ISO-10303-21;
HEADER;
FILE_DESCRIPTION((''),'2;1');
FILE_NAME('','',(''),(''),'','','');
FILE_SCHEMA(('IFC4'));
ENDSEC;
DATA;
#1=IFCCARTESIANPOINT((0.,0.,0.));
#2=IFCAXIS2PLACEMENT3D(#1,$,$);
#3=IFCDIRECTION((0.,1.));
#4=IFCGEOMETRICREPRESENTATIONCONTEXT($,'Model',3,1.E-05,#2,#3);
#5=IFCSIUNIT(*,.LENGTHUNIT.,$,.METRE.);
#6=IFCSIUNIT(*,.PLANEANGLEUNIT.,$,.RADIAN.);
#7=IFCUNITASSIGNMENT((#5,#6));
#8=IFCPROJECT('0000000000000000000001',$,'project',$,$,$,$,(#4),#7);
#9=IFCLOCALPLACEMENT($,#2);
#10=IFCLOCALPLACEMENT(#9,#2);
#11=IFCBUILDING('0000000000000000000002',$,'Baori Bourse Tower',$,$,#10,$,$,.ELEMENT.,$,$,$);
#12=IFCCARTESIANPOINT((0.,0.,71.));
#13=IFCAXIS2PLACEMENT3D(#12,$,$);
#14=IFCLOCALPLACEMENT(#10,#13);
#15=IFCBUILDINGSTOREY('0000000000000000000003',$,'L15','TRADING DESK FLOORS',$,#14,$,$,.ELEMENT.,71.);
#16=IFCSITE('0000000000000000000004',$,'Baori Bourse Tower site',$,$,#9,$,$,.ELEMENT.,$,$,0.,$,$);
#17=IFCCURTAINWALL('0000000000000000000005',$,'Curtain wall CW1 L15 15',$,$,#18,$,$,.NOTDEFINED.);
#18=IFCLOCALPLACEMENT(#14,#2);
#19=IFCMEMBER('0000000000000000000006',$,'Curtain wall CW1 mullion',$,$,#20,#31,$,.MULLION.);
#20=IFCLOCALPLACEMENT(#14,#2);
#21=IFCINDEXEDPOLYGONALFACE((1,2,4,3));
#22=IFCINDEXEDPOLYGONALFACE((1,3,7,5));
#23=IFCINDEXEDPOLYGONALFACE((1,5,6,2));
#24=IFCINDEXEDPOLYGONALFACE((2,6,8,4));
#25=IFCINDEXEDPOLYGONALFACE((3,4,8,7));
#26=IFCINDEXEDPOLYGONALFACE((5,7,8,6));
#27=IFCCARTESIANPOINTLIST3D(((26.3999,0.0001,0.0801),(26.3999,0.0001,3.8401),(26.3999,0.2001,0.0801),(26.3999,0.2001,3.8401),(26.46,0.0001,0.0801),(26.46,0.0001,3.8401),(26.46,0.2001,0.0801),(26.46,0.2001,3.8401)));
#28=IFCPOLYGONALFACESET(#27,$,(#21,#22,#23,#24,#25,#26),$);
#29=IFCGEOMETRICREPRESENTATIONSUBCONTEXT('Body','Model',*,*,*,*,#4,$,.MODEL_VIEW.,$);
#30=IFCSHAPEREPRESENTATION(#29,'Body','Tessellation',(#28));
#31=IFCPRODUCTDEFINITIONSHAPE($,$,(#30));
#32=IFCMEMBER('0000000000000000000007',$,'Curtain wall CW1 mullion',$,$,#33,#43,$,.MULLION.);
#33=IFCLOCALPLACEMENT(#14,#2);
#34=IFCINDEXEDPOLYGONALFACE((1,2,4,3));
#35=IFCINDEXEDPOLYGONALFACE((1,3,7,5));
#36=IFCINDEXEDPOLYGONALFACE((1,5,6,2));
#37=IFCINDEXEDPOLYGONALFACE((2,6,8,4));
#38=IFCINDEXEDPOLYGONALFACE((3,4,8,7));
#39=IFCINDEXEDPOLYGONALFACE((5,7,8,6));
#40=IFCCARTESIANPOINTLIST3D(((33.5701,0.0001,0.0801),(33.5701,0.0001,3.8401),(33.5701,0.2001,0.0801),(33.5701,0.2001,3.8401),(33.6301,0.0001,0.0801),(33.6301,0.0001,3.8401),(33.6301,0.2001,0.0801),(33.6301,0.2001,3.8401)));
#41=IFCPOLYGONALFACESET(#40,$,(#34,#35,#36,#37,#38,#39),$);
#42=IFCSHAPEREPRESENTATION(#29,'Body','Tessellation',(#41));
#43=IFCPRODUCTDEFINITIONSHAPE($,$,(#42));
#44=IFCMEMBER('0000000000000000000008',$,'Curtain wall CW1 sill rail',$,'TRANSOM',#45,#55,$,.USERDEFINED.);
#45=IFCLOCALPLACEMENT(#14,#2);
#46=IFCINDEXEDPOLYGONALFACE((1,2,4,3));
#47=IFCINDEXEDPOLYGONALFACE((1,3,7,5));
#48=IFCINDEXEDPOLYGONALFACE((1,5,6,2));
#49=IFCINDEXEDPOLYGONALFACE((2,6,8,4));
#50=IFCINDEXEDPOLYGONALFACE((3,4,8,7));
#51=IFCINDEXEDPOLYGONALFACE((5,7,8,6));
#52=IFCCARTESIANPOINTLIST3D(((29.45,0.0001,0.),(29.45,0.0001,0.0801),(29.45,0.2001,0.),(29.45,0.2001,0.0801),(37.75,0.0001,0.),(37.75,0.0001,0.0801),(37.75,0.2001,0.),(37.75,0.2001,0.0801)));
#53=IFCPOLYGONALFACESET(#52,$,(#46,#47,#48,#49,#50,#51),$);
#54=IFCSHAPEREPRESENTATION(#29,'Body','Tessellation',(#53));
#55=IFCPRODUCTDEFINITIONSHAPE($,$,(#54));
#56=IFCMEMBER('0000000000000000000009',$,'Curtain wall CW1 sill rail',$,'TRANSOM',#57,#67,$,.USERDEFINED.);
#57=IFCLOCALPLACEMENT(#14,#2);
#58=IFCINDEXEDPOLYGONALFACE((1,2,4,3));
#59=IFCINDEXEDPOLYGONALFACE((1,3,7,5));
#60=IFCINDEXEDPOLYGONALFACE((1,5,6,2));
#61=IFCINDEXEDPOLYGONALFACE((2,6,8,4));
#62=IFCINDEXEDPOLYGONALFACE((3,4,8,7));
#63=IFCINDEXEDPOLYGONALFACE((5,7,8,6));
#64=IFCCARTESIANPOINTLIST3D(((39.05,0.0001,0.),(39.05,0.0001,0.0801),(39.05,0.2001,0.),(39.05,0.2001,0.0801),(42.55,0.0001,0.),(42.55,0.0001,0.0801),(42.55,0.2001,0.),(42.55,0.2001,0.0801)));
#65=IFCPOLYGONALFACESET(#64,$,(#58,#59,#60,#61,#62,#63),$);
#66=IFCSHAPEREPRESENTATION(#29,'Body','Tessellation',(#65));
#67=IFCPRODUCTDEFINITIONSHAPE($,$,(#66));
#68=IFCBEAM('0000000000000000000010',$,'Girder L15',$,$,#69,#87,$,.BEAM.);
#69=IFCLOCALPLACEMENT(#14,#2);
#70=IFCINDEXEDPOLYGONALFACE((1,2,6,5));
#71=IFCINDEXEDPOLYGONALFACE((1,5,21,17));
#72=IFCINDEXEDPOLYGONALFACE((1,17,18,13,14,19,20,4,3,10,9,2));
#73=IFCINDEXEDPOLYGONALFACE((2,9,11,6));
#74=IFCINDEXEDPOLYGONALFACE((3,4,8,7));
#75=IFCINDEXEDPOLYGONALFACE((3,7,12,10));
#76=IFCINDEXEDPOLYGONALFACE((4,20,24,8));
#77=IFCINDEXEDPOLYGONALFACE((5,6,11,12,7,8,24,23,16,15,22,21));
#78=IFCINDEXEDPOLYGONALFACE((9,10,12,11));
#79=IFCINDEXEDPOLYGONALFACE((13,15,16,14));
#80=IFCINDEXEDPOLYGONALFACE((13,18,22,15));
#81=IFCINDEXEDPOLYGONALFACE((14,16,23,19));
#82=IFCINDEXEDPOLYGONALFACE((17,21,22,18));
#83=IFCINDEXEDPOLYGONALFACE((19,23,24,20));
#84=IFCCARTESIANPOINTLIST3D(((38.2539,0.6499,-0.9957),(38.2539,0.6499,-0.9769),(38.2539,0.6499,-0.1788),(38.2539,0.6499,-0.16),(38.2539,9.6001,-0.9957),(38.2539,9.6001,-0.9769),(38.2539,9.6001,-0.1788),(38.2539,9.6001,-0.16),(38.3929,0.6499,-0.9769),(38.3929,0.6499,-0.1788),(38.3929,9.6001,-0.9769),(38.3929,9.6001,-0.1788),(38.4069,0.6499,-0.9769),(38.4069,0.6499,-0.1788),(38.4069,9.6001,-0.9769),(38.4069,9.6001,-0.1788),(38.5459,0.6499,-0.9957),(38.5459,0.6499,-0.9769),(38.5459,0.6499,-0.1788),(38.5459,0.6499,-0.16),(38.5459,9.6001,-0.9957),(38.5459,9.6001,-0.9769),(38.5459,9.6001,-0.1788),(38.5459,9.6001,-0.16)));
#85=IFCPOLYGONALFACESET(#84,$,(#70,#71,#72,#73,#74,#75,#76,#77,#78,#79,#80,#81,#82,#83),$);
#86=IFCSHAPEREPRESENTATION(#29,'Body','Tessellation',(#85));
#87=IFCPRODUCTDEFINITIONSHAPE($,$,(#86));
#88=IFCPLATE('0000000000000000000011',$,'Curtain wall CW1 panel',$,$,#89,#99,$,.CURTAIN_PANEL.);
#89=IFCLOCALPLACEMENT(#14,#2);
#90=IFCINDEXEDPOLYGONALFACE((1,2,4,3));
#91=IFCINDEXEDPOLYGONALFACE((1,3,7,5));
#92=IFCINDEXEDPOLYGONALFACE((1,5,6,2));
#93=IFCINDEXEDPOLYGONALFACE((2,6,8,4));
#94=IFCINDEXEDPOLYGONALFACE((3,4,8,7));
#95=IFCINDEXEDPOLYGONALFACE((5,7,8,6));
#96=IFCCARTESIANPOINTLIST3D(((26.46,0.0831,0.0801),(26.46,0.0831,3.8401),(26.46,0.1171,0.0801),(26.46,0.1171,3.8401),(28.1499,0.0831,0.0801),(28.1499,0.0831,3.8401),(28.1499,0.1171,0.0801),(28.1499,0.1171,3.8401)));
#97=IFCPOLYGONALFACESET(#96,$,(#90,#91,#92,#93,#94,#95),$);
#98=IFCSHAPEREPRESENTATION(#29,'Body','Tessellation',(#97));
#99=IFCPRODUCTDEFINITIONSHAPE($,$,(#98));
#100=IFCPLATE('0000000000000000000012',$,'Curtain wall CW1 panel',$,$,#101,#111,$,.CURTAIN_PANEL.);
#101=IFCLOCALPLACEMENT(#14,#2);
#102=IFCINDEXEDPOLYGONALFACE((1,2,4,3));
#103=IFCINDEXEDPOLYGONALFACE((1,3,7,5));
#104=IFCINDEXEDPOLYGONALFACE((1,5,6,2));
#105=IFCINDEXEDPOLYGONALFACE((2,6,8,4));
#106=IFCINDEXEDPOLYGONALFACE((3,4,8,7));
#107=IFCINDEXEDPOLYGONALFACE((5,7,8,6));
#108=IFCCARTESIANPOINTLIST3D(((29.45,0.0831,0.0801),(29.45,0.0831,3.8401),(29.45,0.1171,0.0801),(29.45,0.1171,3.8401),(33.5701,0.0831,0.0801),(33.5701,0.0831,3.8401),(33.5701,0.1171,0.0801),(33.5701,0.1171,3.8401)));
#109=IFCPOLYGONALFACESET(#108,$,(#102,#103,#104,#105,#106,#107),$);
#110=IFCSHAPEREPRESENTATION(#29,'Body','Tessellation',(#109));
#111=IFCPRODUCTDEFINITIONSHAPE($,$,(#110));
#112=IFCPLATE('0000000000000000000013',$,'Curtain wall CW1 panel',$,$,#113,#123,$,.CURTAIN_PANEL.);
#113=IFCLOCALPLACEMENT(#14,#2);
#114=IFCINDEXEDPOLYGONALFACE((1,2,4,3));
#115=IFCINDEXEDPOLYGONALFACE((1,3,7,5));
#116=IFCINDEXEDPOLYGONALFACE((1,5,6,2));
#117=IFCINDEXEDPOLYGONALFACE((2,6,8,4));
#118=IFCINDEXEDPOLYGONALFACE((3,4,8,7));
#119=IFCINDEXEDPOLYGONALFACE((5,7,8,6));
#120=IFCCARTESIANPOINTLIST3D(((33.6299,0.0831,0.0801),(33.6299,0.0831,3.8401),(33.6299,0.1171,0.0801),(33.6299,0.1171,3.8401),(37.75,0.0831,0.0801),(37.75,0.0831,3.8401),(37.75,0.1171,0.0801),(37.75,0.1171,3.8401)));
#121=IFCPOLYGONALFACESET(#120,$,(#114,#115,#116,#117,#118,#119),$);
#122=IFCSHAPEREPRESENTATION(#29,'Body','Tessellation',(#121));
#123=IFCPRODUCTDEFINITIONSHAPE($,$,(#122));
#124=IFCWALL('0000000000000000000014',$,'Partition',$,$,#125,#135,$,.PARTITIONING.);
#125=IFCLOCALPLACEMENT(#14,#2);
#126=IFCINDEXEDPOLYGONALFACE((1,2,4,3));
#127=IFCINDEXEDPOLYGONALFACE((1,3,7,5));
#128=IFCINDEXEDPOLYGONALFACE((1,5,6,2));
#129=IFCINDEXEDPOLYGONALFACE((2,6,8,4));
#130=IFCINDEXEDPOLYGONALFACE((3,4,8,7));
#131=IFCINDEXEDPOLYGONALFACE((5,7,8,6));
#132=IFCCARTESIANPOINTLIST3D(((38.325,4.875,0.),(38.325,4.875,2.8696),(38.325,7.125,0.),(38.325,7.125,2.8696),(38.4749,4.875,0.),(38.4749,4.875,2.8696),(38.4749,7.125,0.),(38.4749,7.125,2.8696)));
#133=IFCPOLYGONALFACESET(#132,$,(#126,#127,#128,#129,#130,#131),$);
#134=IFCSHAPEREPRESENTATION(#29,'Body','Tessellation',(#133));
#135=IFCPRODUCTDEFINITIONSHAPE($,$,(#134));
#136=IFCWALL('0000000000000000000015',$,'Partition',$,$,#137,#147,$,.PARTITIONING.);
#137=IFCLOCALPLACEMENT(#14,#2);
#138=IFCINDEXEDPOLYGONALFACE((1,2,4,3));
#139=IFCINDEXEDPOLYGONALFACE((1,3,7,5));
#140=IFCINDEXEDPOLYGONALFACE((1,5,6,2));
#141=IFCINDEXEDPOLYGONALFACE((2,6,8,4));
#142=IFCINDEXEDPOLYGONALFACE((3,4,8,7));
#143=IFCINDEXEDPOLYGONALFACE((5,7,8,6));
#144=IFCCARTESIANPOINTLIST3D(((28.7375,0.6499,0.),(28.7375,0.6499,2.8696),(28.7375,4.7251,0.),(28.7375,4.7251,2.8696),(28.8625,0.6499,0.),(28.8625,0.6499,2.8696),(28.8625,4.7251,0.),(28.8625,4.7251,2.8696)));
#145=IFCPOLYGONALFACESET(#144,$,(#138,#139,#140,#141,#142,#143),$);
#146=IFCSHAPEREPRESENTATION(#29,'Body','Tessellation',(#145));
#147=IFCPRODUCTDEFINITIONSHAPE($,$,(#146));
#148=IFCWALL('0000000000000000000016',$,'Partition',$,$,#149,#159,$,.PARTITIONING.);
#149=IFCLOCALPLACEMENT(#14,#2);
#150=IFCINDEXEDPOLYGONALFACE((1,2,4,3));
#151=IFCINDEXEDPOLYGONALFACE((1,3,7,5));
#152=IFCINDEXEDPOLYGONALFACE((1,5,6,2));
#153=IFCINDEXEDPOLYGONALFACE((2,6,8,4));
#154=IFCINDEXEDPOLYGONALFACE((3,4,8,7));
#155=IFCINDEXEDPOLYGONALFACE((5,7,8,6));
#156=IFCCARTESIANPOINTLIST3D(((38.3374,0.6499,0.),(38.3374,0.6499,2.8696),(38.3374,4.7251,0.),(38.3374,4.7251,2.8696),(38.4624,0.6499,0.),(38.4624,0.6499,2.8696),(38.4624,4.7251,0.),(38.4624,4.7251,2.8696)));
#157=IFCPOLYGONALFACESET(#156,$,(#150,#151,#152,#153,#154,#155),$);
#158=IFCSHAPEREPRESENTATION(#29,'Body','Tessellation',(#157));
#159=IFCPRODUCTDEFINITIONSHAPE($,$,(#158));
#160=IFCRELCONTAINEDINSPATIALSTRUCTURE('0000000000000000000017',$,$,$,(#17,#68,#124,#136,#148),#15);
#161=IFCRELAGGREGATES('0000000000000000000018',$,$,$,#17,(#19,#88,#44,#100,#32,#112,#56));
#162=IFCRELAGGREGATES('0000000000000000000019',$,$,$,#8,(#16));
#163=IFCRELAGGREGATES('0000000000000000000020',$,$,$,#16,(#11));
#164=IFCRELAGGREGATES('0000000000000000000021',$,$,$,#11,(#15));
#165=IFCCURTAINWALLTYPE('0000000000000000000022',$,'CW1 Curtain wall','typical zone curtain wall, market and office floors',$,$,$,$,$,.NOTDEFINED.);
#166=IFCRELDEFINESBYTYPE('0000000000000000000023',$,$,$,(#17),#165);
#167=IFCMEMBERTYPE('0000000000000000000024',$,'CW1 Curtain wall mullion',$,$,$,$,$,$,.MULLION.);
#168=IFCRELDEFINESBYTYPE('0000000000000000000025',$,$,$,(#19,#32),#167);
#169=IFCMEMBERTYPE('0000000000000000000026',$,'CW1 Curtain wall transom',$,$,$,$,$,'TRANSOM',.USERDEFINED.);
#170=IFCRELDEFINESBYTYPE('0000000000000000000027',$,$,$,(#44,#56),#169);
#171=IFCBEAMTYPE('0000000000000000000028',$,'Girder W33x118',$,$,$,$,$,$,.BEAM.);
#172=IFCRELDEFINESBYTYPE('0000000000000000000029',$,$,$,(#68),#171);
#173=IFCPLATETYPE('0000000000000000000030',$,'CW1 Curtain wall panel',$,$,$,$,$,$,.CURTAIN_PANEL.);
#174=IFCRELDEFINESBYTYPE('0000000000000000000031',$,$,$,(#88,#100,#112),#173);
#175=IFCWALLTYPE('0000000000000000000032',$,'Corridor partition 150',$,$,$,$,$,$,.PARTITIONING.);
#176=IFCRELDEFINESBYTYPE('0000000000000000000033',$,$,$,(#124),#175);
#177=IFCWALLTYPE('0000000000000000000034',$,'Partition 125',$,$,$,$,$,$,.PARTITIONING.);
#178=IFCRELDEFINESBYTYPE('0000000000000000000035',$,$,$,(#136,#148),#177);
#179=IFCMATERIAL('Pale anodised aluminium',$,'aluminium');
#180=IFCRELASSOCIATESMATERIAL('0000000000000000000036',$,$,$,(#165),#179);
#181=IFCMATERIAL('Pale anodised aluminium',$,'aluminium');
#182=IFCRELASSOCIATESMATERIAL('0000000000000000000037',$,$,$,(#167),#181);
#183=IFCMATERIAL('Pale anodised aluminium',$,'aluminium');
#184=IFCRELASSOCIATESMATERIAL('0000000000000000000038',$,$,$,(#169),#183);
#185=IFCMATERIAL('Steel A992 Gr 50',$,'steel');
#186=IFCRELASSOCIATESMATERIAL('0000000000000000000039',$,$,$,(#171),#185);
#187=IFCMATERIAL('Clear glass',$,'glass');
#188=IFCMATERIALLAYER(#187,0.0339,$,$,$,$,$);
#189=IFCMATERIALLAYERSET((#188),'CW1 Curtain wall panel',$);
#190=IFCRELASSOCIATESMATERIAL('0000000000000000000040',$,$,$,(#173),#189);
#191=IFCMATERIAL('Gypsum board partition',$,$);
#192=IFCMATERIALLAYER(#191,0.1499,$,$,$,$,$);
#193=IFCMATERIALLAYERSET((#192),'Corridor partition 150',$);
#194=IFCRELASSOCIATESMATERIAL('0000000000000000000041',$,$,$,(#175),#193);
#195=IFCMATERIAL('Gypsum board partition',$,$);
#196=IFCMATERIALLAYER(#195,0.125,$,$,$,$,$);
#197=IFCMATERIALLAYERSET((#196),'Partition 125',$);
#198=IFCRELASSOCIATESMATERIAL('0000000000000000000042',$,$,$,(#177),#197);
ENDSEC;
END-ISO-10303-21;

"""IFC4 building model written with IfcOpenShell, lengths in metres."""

from ifc_helpers import new_model, si_unit, direction, frame, frame_2d, origin, origin_2d, place, context, subcontext, project, spatial, rectangle, i_section, extrude, material, layer, layer_set, material_profile, profile_set, type_object, element, aggregate, save


model = new_model("IFC4")

# Units and contexts
model_context = context("Model", 3, precision=1e-05, world=origin(), true_north=direction((0.0, 1.0)))
body_context = subcontext(model_context, "Body", "Model", "MODEL_VIEW")
ifc_project = project(units=[si_unit("LENGTHUNIT", "METRE"), si_unit("PLANEANGLEUNIT", "RADIAN")], contexts=[model_context])

# Site, building, storey
site_placement = place(None, origin())
site = spatial("IfcSite", under=ifc_project, at=site_placement, Name="Baori Bourse Tower site", CompositionType="ELEMENT", RefElevation=0.0)
building_placement = place(site_placement, origin())
building = spatial("IfcBuilding", under=site, at=building_placement, Name="Baori Bourse Tower", CompositionType="ELEMENT")
storey_placement = place(building_placement, frame((0.0, 0.0, 71.0)))
storey = spatial("IfcBuildingStorey", under=building, at=storey_placement, Name="L15", Description="TRADING DESK FLOORS", CompositionType="ELEMENT", Elevation=71.0)

# Curtain wall, members
ifc_material_1 = material(Name="Pale anodised aluminium", Category="aluminium")
curtain_wall_type = type_object("IfcCurtainWallType", Name="CW1 Curtain wall", Description="typical zone curtain wall, market and office floors", PredefinedType="NOTDEFINED", material=ifc_material_1)
curtain_wall_placement = place(storey_placement, origin())
curtain_wall = element("IfcCurtainWall", 1, at=curtain_wall_placement, inside=storey, type_object=curtain_wall_type, Name="Curtain wall CW1 L15 15", PredefinedType="NOTDEFINED")
ifc_material_2 = material(Name="Pale anodised aluminium", Category="aluminium")
ifc_material_profile_1 = material_profile(ifc_material_2, rectangle(XDim=0.2, YDim=0.0601, at=origin_2d()), Name="Mullion 60x200")
ifc_profile_set_1 = profile_set([ifc_material_profile_1], Name="Pale anodised aluminium")
member_type_1 = type_object("IfcMemberType", Name="CW1 Curtain wall mullion", PredefinedType="MULLION", material=ifc_profile_set_1)
member_1_placement = place(storey_placement, frame((26.4299, 0.1001, 0.0801), z_axis=(0.0, 0.0, 1.0), x_axis=(0.0, 1.0, 0.0)))
member_1 = element("IfcMember", 2, at=member_1_placement, type_object=member_type_1, Name="Curtain wall CW1 mullion", PredefinedType="MULLION", context=body_context, shape_type="SweptSolid", body=[
    extrude(rectangle(XDim=0.2, YDim=0.0601, at=origin_2d()), origin(), (0.0, 0.0, 1.0), 3.76),
])
member_2_placement = place(storey_placement, frame((33.6001, 0.1001, 0.0801), z_axis=(0.0, 0.0, 1.0), x_axis=(0.0, 1.0, 0.0)))
member_2 = element("IfcMember", 3, at=member_2_placement, type_object=member_type_1, Name="Curtain wall CW1 mullion", PredefinedType="MULLION", context=body_context, shape_type="SweptSolid", body=[
    extrude(rectangle(XDim=0.2, YDim=0.0601, at=origin_2d()), origin(), (0.0, 0.0, 1.0), 3.76),
])
ifc_material_3 = material(Name="Pale anodised aluminium", Category="aluminium")
ifc_material_profile_2 = material_profile(ifc_material_3, rectangle(XDim=0.2, YDim=0.0801, at=origin_2d()), Name="Transom 80x200")
ifc_profile_set_2 = profile_set([ifc_material_profile_2], Name="Pale anodised aluminium")
member_type_2 = type_object("IfcMemberType", Name="CW1 Curtain wall transom", ElementType="TRANSOM", PredefinedType="USERDEFINED", material=ifc_profile_set_2)
member_3_placement = place(storey_placement, frame((29.45, 0.1001, 0.04), z_axis=(1.0, 0.0, 0.0), x_axis=(0.0, 1.0, 0.0)))
member_3 = element("IfcMember", 4, at=member_3_placement, type_object=member_type_2, Name="Curtain wall CW1 sill rail", ObjectType="TRANSOM", PredefinedType="USERDEFINED", context=body_context, shape_type="SweptSolid", body=[
    extrude(rectangle(XDim=0.2, YDim=0.0801, at=origin_2d()), origin(), (0.0, 0.0, 1.0), 8.3),
])
member_4_placement = place(storey_placement, frame((39.05, 0.1001, 0.04), z_axis=(1.0, 0.0, 0.0), x_axis=(0.0, 1.0, 0.0)))
member_4 = element("IfcMember", 5, at=member_4_placement, type_object=member_type_2, Name="Curtain wall CW1 sill rail", ObjectType="TRANSOM", PredefinedType="USERDEFINED", context=body_context, shape_type="SweptSolid", body=[
    extrude(rectangle(XDim=0.2, YDim=0.0801, at=origin_2d()), origin(), (0.0, 0.0, 1.0), 3.5),
])

# Beam
ifc_material_4 = material(Name="Steel A992 Gr 50", Category="steel")
ifc_material_profile_3 = material_profile(ifc_material_4, i_section(OverallWidth=0.292, OverallDepth=0.8357, WebThickness=0.0139, FlangeThickness=0.0188, at=origin_2d()), Name="W33x118")
ifc_profile_set_3 = profile_set([ifc_material_profile_3], Name="Steel A992 Gr 50")
beam_type = type_object("IfcBeamType", Name="Girder W33x118", PredefinedType="BEAM", material=ifc_profile_set_3)
beam_placement = place(storey_placement, frame((38.3999, 0.6499, -0.5779), z_axis=(0.0, 1.0, 0.0), x_axis=(-1.0, 0.0, 0.0)))
element("IfcBeam", 6, at=beam_placement, inside=storey, type_object=beam_type, Name="Girder L15", PredefinedType="BEAM", context=body_context, shape_type="SweptSolid", body=[
    extrude(i_section(OverallWidth=0.292, OverallDepth=0.8357, WebThickness=0.0139, FlangeThickness=0.0188, at=origin_2d()), origin(), (0.0, 0.0, 1.0), 8.9502),
])

# Plates
ifc_material_5 = material(Name="Clear glass", Category="glass")
ifc_layer_1 = layer(ifc_material_5, 0.0339)
ifc_layer_set_1 = layer_set([ifc_layer_1], Name="CW1 Curtain wall panel")
plate_type = type_object("IfcPlateType", Name="CW1 Curtain wall panel", PredefinedType="CURTAIN_PANEL", material=ifc_layer_set_1)
plate_1_placement = place(storey_placement, frame((27.3049, 0.1001, 0.0801), z_axis=(0.0, 0.0, 1.0), x_axis=(1.0, 0.0, 0.0)))
plate_1 = element("IfcPlate", 7, at=plate_1_placement, type_object=plate_type, Name="Curtain wall CW1 panel", PredefinedType="CURTAIN_PANEL", context=body_context, shape_type="SweptSolid", body=[
    extrude(rectangle(XDim=1.6899, YDim=0.0339, at=origin_2d()), origin(), (0.0, 0.0, 1.0), 3.76),
])
plate_2_placement = place(storey_placement, frame((31.51, 0.1001, 0.0801), z_axis=(0.0, 0.0, 1.0), x_axis=(1.0, 0.0, 0.0)))
plate_2 = element("IfcPlate", 8, at=plate_2_placement, type_object=plate_type, Name="Curtain wall CW1 panel", PredefinedType="CURTAIN_PANEL", context=body_context, shape_type="SweptSolid", body=[
    extrude(rectangle(XDim=4.1201, YDim=0.0339, at=origin_2d()), origin(), (0.0, 0.0, 1.0), 3.76),
])
plate_3_placement = place(storey_placement, frame((35.6899, 0.1001, 0.0801), z_axis=(0.0, 0.0, 1.0), x_axis=(1.0, 0.0, 0.0)))
plate_3 = element("IfcPlate", 9, at=plate_3_placement, type_object=plate_type, Name="Curtain wall CW1 panel", PredefinedType="CURTAIN_PANEL", context=body_context, shape_type="SweptSolid", body=[
    extrude(rectangle(XDim=4.1201, YDim=0.0339, at=origin_2d()), origin(), (0.0, 0.0, 1.0), 3.76),
])
aggregate(curtain_wall, [member_1, plate_1, member_3, plate_2, member_2, plate_3, member_4])

# Walls
ifc_material_6 = material(Name="Gypsum board partition")
ifc_layer_2 = layer(ifc_material_6, 0.1499)
ifc_layer_set_2 = layer_set([ifc_layer_2], Name="Corridor partition 150")
wall_type_1 = type_object("IfcWallType", Name="Corridor partition 150", PredefinedType="PARTITIONING", material=ifc_layer_set_2)
wall_placement = place(storey_placement, frame((38.3999, 4.875, 0.0), z_axis=(0.0, 0.0, 1.0), x_axis=(0.0, 1.0, 0.0)))
element("IfcWall", 10, at=wall_placement, inside=storey, type_object=wall_type_1, Name="Partition", PredefinedType="PARTITIONING", context=body_context, shape_type="SweptSolid", body=[
    extrude(rectangle(XDim=2.25, YDim=0.1499, at=frame_2d((1.125, 0.0))), origin(), (0.0, 0.0, 1.0), 2.8696),
])
ifc_material_7 = material(Name="Gypsum board partition")
ifc_layer_3 = layer(ifc_material_7, 0.125)
ifc_layer_set_3 = layer_set([ifc_layer_3], Name="Partition 125")
wall_type_2 = type_object("IfcWallType", Name="Partition 125", PredefinedType="PARTITIONING", material=ifc_layer_set_3)
for number, where, z_axis, x_axis, name in (
    (11, (28.8, 0.6499, 0.0), (0.0, 0.0, 1.0), (0.0, 1.0, 0.0), "Partition"),
    (12, (38.3999, 0.6499, 0.0), (0.0, 0.0, 1.0), (0.0, 1.0, 0.0), "Partition"),
):
    element("IfcWall", number, at=place(storey_placement, frame(where, z_axis=z_axis, x_axis=x_axis)), inside=storey, type_object=wall_type_2, Name=name, PredefinedType="PARTITIONING", context=body_context, shape_type="SweptSolid", body=[
        extrude(rectangle(XDim=4.0752, YDim=0.125, at=frame_2d((2.0376, 0.0))), origin(), (0.0, 0.0, 1.0), 2.8696),
    ])

save(model, "model.ifc")
